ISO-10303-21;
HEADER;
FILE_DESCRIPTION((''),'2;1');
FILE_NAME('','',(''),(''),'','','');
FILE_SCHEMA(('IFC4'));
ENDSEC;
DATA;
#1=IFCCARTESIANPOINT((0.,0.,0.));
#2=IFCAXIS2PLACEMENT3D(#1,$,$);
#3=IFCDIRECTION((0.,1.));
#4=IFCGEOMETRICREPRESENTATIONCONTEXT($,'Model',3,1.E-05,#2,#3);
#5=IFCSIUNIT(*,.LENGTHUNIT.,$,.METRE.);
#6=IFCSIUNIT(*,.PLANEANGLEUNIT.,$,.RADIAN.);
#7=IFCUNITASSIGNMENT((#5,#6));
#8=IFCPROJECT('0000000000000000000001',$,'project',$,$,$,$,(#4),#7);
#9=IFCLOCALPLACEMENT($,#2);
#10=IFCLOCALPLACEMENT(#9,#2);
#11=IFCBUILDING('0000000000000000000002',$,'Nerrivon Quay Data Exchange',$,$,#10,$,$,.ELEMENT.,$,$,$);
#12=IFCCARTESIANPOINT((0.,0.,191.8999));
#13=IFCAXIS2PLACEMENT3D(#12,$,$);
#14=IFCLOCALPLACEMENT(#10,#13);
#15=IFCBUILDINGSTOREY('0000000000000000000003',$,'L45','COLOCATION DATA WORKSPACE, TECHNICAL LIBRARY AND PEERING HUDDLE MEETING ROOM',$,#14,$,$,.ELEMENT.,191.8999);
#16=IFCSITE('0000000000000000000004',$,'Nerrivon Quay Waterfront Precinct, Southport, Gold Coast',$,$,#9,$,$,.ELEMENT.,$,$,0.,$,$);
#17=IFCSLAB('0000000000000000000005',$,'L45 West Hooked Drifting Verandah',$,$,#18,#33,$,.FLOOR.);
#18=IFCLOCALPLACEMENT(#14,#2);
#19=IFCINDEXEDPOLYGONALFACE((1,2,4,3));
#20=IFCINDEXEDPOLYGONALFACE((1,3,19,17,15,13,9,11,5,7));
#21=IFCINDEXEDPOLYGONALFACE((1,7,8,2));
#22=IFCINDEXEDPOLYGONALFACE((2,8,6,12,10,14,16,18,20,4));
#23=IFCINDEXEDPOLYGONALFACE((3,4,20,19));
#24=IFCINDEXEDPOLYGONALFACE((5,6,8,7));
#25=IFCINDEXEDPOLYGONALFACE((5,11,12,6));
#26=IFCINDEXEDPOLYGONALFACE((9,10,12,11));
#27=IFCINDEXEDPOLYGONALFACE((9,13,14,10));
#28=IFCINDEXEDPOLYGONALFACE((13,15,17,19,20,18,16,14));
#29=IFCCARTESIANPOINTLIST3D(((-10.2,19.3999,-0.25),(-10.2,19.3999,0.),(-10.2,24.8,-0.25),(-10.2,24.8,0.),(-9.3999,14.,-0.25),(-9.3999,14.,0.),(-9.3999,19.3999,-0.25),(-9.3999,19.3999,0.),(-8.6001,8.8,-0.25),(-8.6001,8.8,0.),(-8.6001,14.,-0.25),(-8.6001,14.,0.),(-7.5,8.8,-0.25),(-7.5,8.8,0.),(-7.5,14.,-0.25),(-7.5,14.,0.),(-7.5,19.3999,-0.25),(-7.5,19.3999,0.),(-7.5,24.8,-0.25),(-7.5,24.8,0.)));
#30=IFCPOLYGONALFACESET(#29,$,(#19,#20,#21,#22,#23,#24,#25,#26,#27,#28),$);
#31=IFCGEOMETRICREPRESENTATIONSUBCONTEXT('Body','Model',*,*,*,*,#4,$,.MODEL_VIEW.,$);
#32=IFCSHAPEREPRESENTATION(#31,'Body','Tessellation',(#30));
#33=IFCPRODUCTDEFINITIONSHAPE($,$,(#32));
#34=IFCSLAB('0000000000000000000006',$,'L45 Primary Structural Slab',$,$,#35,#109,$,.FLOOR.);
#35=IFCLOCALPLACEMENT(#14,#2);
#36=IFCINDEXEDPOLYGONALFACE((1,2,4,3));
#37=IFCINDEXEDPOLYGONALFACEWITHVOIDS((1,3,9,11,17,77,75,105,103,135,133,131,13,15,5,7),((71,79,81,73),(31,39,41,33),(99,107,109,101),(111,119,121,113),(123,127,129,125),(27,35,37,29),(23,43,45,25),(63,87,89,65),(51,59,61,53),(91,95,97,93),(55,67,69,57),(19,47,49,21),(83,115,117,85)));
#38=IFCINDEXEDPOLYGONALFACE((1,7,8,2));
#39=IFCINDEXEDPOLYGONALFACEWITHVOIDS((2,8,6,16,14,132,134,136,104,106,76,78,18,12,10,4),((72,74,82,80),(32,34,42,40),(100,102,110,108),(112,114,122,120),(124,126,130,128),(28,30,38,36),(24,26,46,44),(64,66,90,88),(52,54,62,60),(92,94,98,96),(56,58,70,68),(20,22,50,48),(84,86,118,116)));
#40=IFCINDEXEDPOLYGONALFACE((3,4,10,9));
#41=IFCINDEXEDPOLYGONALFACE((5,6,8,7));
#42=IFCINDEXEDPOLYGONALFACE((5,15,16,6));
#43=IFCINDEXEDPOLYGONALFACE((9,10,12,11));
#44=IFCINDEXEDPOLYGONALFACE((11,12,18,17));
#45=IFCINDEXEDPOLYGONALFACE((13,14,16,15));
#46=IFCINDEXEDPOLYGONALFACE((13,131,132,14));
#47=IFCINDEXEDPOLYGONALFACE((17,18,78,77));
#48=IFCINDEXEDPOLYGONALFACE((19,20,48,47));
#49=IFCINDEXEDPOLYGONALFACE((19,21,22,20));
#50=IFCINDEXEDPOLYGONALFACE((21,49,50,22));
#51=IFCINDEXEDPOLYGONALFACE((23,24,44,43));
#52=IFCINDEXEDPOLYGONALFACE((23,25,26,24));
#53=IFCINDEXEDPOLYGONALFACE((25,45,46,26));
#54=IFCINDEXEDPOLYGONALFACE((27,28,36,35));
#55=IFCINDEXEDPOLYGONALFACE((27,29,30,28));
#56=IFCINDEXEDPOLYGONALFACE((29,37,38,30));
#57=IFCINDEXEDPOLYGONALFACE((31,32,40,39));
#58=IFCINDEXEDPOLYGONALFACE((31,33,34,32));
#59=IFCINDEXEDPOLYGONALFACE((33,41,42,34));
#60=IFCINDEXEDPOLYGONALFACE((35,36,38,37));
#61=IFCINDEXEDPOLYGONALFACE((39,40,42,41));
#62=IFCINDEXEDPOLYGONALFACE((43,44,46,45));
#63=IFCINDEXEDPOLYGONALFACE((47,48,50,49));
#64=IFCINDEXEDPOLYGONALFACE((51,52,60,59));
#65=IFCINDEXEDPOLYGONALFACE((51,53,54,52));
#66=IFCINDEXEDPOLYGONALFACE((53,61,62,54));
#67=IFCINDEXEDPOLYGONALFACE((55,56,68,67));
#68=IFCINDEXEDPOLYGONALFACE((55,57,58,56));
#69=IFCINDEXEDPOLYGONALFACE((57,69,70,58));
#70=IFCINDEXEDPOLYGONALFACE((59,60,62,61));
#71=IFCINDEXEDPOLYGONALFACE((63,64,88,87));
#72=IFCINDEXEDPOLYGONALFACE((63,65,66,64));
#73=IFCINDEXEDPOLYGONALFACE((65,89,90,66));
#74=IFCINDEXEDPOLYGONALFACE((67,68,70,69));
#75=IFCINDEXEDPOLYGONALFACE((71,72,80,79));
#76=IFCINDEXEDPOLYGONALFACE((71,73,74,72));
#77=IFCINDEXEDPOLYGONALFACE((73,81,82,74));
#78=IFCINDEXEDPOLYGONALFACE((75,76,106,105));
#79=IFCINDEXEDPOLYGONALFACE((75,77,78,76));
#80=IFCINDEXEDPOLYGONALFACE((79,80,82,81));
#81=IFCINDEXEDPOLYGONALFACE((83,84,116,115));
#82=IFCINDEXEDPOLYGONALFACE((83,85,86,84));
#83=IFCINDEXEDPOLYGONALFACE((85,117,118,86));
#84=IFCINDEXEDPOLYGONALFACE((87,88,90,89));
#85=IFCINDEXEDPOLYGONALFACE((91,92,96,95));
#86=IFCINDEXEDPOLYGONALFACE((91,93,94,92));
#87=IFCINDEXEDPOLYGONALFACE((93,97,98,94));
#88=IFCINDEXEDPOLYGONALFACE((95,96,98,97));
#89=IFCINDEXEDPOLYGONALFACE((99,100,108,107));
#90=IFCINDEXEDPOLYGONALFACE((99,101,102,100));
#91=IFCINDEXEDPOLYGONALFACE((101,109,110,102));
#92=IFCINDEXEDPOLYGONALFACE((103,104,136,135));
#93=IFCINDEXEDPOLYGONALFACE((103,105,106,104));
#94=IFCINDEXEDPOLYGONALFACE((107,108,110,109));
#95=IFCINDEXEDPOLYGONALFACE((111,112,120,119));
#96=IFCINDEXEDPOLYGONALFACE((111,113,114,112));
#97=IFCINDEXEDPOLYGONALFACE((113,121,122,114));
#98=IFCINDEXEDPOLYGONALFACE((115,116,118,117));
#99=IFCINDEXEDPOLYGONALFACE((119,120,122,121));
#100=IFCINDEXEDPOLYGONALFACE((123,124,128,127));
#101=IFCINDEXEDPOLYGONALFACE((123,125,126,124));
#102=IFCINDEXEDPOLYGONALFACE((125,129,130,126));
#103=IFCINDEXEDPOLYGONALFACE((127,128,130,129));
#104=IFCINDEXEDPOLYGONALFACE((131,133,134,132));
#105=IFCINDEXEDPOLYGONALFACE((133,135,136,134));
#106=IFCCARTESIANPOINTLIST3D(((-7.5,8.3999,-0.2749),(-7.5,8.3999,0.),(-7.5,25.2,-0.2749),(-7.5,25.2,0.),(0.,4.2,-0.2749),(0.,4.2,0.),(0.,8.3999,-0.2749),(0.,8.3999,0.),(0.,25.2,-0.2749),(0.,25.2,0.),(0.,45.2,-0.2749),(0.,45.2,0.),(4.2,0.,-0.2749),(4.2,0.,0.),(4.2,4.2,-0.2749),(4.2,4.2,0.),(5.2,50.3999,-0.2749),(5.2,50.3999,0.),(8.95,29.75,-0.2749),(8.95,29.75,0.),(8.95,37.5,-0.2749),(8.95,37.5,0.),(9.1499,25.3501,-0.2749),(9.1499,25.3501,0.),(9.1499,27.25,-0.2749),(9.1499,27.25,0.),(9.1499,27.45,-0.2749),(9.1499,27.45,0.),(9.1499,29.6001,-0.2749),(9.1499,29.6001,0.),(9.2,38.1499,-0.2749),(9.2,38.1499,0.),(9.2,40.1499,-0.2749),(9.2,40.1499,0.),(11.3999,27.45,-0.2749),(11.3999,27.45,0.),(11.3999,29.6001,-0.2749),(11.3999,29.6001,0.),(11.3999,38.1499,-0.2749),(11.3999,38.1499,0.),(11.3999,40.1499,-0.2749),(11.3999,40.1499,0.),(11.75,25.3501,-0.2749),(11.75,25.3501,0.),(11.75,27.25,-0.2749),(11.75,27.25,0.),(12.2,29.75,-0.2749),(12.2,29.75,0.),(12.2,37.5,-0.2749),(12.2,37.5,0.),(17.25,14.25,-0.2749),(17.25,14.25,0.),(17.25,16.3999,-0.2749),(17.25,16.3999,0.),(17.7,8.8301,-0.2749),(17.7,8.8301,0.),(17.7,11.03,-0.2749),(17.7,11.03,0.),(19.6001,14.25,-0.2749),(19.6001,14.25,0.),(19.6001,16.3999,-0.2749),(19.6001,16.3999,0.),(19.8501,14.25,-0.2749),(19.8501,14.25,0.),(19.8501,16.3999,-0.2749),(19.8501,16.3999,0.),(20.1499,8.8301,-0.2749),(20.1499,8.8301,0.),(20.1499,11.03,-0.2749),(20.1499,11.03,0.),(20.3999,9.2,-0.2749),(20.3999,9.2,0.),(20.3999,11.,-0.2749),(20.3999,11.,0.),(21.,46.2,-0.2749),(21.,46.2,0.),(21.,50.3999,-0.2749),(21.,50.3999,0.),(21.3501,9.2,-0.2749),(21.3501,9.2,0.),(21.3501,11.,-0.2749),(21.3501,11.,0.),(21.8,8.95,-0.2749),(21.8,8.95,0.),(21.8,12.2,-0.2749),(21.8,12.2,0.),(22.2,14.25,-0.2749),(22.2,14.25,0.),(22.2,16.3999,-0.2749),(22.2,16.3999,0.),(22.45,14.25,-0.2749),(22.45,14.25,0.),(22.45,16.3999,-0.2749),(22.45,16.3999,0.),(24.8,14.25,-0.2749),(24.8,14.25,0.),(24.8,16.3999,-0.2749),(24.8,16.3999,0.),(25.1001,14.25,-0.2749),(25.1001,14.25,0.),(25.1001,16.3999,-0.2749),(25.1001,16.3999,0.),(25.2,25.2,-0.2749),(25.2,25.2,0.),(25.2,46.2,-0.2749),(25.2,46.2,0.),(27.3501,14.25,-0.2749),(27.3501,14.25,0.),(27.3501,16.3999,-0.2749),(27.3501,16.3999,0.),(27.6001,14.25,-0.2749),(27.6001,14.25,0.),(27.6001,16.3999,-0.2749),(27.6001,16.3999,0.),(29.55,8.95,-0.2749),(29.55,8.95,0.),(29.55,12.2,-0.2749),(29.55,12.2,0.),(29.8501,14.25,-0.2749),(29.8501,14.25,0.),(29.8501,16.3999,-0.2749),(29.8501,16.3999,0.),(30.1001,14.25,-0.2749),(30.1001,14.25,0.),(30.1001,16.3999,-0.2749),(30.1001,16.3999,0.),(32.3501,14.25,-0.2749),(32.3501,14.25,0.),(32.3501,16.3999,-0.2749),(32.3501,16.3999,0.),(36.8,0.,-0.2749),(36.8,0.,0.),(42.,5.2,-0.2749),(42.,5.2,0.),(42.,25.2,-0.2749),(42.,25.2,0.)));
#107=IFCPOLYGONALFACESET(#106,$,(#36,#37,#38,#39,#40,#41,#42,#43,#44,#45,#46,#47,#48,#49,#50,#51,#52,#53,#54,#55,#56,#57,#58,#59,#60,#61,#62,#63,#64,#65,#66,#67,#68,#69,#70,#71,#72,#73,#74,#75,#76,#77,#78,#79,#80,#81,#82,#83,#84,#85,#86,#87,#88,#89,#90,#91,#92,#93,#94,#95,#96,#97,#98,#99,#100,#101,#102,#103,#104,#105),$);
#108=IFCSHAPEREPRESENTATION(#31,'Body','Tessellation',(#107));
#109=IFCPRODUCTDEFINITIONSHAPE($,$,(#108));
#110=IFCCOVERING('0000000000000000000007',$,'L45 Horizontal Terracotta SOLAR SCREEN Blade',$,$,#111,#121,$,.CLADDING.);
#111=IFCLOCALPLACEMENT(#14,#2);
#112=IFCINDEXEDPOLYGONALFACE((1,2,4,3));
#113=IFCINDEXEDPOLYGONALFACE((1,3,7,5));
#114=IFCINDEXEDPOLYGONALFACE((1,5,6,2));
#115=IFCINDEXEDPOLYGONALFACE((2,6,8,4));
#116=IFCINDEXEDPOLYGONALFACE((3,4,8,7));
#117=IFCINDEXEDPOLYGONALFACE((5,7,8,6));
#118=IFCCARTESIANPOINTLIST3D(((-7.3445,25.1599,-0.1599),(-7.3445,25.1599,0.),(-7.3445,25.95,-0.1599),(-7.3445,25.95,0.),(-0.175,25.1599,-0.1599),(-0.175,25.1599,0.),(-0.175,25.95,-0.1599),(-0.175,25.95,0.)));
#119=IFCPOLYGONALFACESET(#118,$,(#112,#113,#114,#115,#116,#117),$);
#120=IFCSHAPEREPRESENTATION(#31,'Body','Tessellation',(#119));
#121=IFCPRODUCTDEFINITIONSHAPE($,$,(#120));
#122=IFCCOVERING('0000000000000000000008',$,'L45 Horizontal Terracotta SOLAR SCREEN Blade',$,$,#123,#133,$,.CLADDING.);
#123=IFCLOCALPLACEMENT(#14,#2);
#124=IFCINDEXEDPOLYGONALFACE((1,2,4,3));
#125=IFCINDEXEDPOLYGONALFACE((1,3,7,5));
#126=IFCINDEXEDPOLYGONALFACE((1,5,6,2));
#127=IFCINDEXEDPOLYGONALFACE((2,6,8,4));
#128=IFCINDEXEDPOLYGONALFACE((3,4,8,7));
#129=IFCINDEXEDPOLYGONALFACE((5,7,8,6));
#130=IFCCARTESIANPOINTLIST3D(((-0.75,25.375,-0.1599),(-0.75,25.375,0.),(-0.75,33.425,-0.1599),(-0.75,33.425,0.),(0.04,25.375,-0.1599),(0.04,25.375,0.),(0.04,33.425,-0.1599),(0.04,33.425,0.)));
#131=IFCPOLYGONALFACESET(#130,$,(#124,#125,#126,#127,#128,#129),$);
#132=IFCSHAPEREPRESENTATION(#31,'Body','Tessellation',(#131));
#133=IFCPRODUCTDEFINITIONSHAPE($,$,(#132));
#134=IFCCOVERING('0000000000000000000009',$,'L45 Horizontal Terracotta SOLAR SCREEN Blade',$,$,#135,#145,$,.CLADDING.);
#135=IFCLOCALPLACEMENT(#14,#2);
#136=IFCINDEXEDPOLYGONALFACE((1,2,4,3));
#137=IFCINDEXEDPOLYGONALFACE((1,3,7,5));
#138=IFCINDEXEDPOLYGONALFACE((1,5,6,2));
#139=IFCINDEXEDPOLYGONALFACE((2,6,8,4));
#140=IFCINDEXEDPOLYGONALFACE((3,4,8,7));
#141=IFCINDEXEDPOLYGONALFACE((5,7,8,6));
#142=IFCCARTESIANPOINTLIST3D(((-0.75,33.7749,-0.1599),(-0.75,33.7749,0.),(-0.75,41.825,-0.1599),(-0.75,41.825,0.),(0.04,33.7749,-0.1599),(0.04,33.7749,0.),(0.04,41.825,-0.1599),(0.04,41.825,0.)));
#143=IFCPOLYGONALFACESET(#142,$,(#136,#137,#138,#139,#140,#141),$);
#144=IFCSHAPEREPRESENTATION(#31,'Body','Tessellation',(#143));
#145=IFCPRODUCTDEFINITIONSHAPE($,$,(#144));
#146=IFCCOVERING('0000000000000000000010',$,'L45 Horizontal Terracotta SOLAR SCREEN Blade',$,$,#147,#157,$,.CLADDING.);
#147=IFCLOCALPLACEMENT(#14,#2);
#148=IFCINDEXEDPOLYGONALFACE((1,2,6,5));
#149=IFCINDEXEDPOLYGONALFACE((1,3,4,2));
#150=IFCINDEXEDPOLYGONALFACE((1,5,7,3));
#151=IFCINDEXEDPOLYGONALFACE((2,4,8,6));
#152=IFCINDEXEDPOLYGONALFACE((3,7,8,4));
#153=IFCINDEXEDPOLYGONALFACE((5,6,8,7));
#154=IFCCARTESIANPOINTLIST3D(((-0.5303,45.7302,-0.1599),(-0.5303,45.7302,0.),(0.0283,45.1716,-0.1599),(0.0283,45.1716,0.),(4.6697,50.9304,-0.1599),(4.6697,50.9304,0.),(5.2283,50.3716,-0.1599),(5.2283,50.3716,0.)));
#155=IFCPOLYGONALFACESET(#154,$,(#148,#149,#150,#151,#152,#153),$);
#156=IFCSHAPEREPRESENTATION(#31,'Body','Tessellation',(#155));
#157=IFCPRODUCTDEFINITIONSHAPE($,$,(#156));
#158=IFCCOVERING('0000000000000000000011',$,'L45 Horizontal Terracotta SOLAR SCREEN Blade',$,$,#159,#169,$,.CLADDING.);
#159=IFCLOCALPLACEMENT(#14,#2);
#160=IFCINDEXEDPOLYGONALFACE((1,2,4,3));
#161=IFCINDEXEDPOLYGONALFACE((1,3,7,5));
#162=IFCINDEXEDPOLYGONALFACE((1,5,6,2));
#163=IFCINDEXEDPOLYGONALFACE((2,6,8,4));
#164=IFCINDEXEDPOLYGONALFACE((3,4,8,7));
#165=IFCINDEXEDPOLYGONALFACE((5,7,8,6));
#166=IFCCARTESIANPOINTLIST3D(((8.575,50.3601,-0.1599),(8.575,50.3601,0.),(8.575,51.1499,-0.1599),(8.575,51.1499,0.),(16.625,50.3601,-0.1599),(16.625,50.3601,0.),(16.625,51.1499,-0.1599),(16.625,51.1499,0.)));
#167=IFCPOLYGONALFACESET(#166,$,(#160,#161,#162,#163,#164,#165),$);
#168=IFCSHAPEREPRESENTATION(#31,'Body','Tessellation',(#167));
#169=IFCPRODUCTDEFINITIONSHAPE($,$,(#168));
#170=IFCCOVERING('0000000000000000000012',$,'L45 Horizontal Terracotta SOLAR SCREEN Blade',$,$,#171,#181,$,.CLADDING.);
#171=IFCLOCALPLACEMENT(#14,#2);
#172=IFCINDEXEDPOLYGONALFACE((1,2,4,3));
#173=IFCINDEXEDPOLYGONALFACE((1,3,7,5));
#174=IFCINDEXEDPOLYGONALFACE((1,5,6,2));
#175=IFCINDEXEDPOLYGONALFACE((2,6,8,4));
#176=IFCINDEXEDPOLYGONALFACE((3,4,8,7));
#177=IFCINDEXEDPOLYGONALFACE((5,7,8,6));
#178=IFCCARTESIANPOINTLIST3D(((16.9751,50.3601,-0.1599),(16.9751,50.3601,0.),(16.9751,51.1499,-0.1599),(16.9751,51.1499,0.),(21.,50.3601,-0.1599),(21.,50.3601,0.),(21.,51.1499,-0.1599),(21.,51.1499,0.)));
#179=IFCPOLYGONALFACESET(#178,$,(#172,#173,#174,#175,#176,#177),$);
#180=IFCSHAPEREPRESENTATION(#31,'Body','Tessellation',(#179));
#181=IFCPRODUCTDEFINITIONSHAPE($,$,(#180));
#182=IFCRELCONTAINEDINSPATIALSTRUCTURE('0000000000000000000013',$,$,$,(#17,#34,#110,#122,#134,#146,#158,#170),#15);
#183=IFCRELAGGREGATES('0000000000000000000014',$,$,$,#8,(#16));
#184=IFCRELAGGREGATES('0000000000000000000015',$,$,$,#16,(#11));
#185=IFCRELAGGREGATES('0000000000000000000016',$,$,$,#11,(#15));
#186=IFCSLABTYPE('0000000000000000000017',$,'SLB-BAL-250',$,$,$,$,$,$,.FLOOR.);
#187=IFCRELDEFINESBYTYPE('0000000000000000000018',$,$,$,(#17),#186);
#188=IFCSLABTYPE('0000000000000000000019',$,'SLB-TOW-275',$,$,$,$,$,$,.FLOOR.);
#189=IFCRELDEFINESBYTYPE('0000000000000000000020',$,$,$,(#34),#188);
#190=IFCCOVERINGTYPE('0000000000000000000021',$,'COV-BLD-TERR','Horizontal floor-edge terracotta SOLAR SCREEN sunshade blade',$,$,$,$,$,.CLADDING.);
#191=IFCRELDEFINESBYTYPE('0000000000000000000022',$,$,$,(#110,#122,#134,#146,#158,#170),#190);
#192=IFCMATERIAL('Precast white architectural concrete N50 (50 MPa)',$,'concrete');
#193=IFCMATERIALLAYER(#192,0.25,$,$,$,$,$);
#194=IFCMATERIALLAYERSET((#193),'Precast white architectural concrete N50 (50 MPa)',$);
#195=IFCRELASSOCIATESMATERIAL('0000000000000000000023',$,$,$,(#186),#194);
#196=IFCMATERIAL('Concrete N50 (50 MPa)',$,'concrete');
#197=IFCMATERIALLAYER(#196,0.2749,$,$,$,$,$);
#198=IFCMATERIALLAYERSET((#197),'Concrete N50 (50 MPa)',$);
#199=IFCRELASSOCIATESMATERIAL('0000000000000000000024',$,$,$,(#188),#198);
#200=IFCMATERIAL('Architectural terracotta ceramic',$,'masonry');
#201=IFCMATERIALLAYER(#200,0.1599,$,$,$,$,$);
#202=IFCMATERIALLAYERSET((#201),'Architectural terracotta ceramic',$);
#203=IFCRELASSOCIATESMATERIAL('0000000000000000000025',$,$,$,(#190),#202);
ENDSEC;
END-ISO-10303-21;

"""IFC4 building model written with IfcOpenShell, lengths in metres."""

from ifc_helpers import new_model, si_unit, direction, frame, origin, place, context, subcontext, project, spatial, polyline, outline, extrude, material, layer, layer_set, type_object, element, save


model = new_model("IFC4")

# Units and contexts
model_context = context("Model", 3, precision=1e-05, world=origin(), true_north=direction((0.0, 1.0)))
body_context = subcontext(model_context, "Body", "Model", "MODEL_VIEW")
ifc_project = project(units=[si_unit("LENGTHUNIT", "METRE"), si_unit("PLANEANGLEUNIT", "RADIAN")], contexts=[model_context])

# Site, building, storey
site_placement = place(None, origin())
site = spatial("IfcSite", under=ifc_project, at=site_placement, Name="Nerrivon Quay Waterfront Precinct, Southport, Gold Coast", CompositionType="ELEMENT", RefElevation=0.0)
building_placement = place(site_placement, origin())
building = spatial("IfcBuilding", under=site, at=building_placement, Name="Nerrivon Quay Data Exchange", CompositionType="ELEMENT")
storey_placement = place(building_placement, frame((0.0, 0.0, 191.8999)))
storey = spatial("IfcBuildingStorey", under=building, at=storey_placement, Name="L45", Description="COLOCATION DATA WORKSPACE, TECHNICAL LIBRARY AND PEERING HUDDLE MEETING ROOM", CompositionType="ELEMENT", Elevation=191.8999)

# Slabs
ifc_material_1 = material(Name="Precast white architectural concrete N50 (50 MPa)", Category="concrete")
ifc_layer_1 = layer(ifc_material_1, 0.25)
ifc_layer_set_1 = layer_set([ifc_layer_1], Name="Precast white architectural concrete N50 (50 MPa)")
slab_type_1 = type_object("IfcSlabType", Name="SLB-BAL-250", PredefinedType="FLOOR", material=ifc_layer_set_1)
slab_1_placement = place(storey_placement, frame((0.0, 0.0, -0.25)))
element("IfcSlab", 1, at=slab_1_placement, inside=storey, type_object=slab_type_1, Name="L45 West Hooked Drifting Verandah", PredefinedType="FLOOR", context=body_context, shape_type="SweptSolid", body=[
    extrude(outline(polyline([(-7.5, 14.0), (-7.5, 19.3999), (-7.5, 24.8), (-10.2, 24.8), (-10.2, 19.3999), (-9.3999, 19.3999), (-9.3999, 14.0), (-8.6001, 14.0), (-8.6001, 8.8), (-7.5, 8.8), (-7.5, 14.0)])), origin(), (0.0, 0.0, 1.0), 0.25),
])
ifc_material_2 = material(Name="Concrete N50 (50 MPa)", Category="concrete")
ifc_layer_2 = layer(ifc_material_2, 0.2749)
ifc_layer_set_2 = layer_set([ifc_layer_2], Name="Concrete N50 (50 MPa)")
slab_type_2 = type_object("IfcSlabType", Name="SLB-TOW-275", PredefinedType="FLOOR", material=ifc_layer_set_2)
slab_2_placement = place(storey_placement, frame((0.0, 0.0, -0.2749)))
element("IfcSlab", 2, at=slab_2_placement, inside=storey, type_object=slab_type_2, Name="L45 Primary Structural Slab", PredefinedType="FLOOR", context=body_context, shape_type="SweptSolid", body=[
    extrude(outline(polyline([(0.0, 8.3999), (0.0, 4.2), (4.2, 4.2), (4.2, 0.0), (36.8, 0.0), (42.0, 5.2), (42.0, 25.2), (25.2, 25.2), (25.2, 46.2), (21.0, 46.2), (21.0, 50.3999), (5.2, 50.3999), (0.0, 45.2), (0.0, 25.2), (-7.5, 25.2), (-7.5, 8.3999), (0.0, 8.3999)]), holes=[polyline([(8.95, 29.75), (8.95, 37.5), (12.2, 37.5), (12.2, 29.75), (8.95, 29.75)]), polyline([(21.8, 12.2), (29.55, 12.2), (29.55, 8.95), (21.8, 8.95), (21.8, 12.2)]), polyline([(30.1001, 16.3999), (32.3501, 16.3999), (32.3501, 14.25), (30.1001, 14.25), (30.1001, 16.3999)]), polyline([(27.6001, 16.3999), (29.8501, 16.3999), (29.8501, 14.25), (27.6001, 14.25), (27.6001, 16.3999)]), polyline([(25.1001, 14.25), (25.1001, 16.3999), (27.3501, 16.3999), (27.3501, 14.25), (25.1001, 14.25)]), polyline([(22.45, 16.3999), (24.8, 16.3999), (24.8, 14.25), (22.45, 14.25), (22.45, 16.3999)]), polyline([(19.8501, 16.3999), (22.2, 16.3999), (22.2, 14.25), (19.8501, 14.25), (19.8501, 16.3999)]), polyline([(20.3999, 9.2), (20.3999, 11.0), (21.3501, 11.0), (21.3501, 9.2), (20.3999, 9.2)]), polyline([(17.7, 8.8301), (17.7, 11.03), (20.1499, 11.03), (20.1499, 8.8301), (17.7, 8.8301)]), polyline([(17.25, 14.25), (17.25, 16.3999), (19.6001, 16.3999), (19.6001, 14.25), (17.25, 14.25)]), polyline([(9.1499, 27.25), (11.75, 27.25), (11.75, 25.3501), (9.1499, 25.3501), (9.1499, 27.25)]), polyline([(9.1499, 29.6001), (11.3999, 29.6001), (11.3999, 27.45), (9.1499, 27.45), (9.1499, 29.6001)]), polyline([(9.2, 38.1499), (9.2, 40.1499), (11.3999, 40.1499), (11.3999, 38.1499), (9.2, 38.1499)])]), origin(), (0.0, 0.0, 1.0), 0.2749),
])

# Coverings
ifc_material_3 = material(Name="Architectural terracotta ceramic", Category="masonry")
ifc_layer_3 = layer(ifc_material_3, 0.1599)
ifc_layer_set_3 = layer_set([ifc_layer_3], Name="Architectural terracotta ceramic")
covering_type = type_object("IfcCoveringType", Name="COV-BLD-TERR", Description="Horizontal floor-edge terracotta SOLAR SCREEN sunshade blade", PredefinedType="CLADDING", material=ifc_layer_set_3)
covering_1_placement = place(storey_placement, frame((0.0, 0.0, -0.1599)))
element("IfcCovering", 3, at=covering_1_placement, inside=storey, type_object=covering_type, Name="L45 Horizontal Terracotta SOLAR SCREEN Blade", PredefinedType="CLADDING", context=body_context, shape_type="SweptSolid", body=[
    extrude(outline(polyline([(-7.3445, 25.1599), (-0.175, 25.1599), (-0.175, 25.95), (-7.3445, 25.95), (-7.3445, 25.1599)])), origin(), (0.0, 0.0, 1.0), 0.1599),
])
covering_2_placement = place(storey_placement, frame((0.0, 0.0, -0.1599)))
element("IfcCovering", 4, at=covering_2_placement, inside=storey, type_object=covering_type, Name="L45 Horizontal Terracotta SOLAR SCREEN Blade", PredefinedType="CLADDING", context=body_context, shape_type="SweptSolid", body=[
    extrude(outline(polyline([(0.04, 25.375), (0.04, 33.425), (-0.75, 33.425), (-0.75, 25.375), (0.04, 25.375)])), origin(), (0.0, 0.0, 1.0), 0.1599),
])
covering_3_placement = place(storey_placement, frame((0.0, 0.0, -0.1599)))
element("IfcCovering", 5, at=covering_3_placement, inside=storey, type_object=covering_type, Name="L45 Horizontal Terracotta SOLAR SCREEN Blade", PredefinedType="CLADDING", context=body_context, shape_type="SweptSolid", body=[
    extrude(outline(polyline([(0.04, 33.7749), (0.04, 41.825), (-0.75, 41.825), (-0.75, 33.7749), (0.04, 33.7749)])), origin(), (0.0, 0.0, 1.0), 0.1599),
])
covering_4_placement = place(storey_placement, frame((0.0, 0.0, -0.1599)))
element("IfcCovering", 6, at=covering_4_placement, inside=storey, type_object=covering_type, Name="L45 Horizontal Terracotta SOLAR SCREEN Blade", PredefinedType="CLADDING", context=body_context, shape_type="SweptSolid", body=[
    extrude(outline(polyline([(0.0283, 45.1716), (5.2283, 50.3716), (4.6697, 50.9304), (-0.5303, 45.7302), (0.0283, 45.1716)])), origin(), (0.0, 0.0, 1.0), 0.1599),
])
covering_5_placement = place(storey_placement, frame((0.0, 0.0, -0.1599)))
element("IfcCovering", 7, at=covering_5_placement, inside=storey, type_object=covering_type, Name="L45 Horizontal Terracotta SOLAR SCREEN Blade", PredefinedType="CLADDING", context=body_context, shape_type="SweptSolid", body=[
    extrude(outline(polyline([(8.575, 50.3601), (16.625, 50.3601), (16.625, 51.1499), (8.575, 51.1499), (8.575, 50.3601)])), origin(), (0.0, 0.0, 1.0), 0.1599),
])
covering_6_placement = place(storey_placement, frame((0.0, 0.0, -0.1599)))
element("IfcCovering", 8, at=covering_6_placement, inside=storey, type_object=covering_type, Name="L45 Horizontal Terracotta SOLAR SCREEN Blade", PredefinedType="CLADDING", context=body_context, shape_type="SweptSolid", body=[
    extrude(outline(polyline([(16.9751, 50.3601), (21.0, 50.3601), (21.0, 51.1499), (16.9751, 51.1499), (16.9751, 50.3601)])), origin(), (0.0, 0.0, 1.0), 0.1599),
])

save(model, "model.ifc")
